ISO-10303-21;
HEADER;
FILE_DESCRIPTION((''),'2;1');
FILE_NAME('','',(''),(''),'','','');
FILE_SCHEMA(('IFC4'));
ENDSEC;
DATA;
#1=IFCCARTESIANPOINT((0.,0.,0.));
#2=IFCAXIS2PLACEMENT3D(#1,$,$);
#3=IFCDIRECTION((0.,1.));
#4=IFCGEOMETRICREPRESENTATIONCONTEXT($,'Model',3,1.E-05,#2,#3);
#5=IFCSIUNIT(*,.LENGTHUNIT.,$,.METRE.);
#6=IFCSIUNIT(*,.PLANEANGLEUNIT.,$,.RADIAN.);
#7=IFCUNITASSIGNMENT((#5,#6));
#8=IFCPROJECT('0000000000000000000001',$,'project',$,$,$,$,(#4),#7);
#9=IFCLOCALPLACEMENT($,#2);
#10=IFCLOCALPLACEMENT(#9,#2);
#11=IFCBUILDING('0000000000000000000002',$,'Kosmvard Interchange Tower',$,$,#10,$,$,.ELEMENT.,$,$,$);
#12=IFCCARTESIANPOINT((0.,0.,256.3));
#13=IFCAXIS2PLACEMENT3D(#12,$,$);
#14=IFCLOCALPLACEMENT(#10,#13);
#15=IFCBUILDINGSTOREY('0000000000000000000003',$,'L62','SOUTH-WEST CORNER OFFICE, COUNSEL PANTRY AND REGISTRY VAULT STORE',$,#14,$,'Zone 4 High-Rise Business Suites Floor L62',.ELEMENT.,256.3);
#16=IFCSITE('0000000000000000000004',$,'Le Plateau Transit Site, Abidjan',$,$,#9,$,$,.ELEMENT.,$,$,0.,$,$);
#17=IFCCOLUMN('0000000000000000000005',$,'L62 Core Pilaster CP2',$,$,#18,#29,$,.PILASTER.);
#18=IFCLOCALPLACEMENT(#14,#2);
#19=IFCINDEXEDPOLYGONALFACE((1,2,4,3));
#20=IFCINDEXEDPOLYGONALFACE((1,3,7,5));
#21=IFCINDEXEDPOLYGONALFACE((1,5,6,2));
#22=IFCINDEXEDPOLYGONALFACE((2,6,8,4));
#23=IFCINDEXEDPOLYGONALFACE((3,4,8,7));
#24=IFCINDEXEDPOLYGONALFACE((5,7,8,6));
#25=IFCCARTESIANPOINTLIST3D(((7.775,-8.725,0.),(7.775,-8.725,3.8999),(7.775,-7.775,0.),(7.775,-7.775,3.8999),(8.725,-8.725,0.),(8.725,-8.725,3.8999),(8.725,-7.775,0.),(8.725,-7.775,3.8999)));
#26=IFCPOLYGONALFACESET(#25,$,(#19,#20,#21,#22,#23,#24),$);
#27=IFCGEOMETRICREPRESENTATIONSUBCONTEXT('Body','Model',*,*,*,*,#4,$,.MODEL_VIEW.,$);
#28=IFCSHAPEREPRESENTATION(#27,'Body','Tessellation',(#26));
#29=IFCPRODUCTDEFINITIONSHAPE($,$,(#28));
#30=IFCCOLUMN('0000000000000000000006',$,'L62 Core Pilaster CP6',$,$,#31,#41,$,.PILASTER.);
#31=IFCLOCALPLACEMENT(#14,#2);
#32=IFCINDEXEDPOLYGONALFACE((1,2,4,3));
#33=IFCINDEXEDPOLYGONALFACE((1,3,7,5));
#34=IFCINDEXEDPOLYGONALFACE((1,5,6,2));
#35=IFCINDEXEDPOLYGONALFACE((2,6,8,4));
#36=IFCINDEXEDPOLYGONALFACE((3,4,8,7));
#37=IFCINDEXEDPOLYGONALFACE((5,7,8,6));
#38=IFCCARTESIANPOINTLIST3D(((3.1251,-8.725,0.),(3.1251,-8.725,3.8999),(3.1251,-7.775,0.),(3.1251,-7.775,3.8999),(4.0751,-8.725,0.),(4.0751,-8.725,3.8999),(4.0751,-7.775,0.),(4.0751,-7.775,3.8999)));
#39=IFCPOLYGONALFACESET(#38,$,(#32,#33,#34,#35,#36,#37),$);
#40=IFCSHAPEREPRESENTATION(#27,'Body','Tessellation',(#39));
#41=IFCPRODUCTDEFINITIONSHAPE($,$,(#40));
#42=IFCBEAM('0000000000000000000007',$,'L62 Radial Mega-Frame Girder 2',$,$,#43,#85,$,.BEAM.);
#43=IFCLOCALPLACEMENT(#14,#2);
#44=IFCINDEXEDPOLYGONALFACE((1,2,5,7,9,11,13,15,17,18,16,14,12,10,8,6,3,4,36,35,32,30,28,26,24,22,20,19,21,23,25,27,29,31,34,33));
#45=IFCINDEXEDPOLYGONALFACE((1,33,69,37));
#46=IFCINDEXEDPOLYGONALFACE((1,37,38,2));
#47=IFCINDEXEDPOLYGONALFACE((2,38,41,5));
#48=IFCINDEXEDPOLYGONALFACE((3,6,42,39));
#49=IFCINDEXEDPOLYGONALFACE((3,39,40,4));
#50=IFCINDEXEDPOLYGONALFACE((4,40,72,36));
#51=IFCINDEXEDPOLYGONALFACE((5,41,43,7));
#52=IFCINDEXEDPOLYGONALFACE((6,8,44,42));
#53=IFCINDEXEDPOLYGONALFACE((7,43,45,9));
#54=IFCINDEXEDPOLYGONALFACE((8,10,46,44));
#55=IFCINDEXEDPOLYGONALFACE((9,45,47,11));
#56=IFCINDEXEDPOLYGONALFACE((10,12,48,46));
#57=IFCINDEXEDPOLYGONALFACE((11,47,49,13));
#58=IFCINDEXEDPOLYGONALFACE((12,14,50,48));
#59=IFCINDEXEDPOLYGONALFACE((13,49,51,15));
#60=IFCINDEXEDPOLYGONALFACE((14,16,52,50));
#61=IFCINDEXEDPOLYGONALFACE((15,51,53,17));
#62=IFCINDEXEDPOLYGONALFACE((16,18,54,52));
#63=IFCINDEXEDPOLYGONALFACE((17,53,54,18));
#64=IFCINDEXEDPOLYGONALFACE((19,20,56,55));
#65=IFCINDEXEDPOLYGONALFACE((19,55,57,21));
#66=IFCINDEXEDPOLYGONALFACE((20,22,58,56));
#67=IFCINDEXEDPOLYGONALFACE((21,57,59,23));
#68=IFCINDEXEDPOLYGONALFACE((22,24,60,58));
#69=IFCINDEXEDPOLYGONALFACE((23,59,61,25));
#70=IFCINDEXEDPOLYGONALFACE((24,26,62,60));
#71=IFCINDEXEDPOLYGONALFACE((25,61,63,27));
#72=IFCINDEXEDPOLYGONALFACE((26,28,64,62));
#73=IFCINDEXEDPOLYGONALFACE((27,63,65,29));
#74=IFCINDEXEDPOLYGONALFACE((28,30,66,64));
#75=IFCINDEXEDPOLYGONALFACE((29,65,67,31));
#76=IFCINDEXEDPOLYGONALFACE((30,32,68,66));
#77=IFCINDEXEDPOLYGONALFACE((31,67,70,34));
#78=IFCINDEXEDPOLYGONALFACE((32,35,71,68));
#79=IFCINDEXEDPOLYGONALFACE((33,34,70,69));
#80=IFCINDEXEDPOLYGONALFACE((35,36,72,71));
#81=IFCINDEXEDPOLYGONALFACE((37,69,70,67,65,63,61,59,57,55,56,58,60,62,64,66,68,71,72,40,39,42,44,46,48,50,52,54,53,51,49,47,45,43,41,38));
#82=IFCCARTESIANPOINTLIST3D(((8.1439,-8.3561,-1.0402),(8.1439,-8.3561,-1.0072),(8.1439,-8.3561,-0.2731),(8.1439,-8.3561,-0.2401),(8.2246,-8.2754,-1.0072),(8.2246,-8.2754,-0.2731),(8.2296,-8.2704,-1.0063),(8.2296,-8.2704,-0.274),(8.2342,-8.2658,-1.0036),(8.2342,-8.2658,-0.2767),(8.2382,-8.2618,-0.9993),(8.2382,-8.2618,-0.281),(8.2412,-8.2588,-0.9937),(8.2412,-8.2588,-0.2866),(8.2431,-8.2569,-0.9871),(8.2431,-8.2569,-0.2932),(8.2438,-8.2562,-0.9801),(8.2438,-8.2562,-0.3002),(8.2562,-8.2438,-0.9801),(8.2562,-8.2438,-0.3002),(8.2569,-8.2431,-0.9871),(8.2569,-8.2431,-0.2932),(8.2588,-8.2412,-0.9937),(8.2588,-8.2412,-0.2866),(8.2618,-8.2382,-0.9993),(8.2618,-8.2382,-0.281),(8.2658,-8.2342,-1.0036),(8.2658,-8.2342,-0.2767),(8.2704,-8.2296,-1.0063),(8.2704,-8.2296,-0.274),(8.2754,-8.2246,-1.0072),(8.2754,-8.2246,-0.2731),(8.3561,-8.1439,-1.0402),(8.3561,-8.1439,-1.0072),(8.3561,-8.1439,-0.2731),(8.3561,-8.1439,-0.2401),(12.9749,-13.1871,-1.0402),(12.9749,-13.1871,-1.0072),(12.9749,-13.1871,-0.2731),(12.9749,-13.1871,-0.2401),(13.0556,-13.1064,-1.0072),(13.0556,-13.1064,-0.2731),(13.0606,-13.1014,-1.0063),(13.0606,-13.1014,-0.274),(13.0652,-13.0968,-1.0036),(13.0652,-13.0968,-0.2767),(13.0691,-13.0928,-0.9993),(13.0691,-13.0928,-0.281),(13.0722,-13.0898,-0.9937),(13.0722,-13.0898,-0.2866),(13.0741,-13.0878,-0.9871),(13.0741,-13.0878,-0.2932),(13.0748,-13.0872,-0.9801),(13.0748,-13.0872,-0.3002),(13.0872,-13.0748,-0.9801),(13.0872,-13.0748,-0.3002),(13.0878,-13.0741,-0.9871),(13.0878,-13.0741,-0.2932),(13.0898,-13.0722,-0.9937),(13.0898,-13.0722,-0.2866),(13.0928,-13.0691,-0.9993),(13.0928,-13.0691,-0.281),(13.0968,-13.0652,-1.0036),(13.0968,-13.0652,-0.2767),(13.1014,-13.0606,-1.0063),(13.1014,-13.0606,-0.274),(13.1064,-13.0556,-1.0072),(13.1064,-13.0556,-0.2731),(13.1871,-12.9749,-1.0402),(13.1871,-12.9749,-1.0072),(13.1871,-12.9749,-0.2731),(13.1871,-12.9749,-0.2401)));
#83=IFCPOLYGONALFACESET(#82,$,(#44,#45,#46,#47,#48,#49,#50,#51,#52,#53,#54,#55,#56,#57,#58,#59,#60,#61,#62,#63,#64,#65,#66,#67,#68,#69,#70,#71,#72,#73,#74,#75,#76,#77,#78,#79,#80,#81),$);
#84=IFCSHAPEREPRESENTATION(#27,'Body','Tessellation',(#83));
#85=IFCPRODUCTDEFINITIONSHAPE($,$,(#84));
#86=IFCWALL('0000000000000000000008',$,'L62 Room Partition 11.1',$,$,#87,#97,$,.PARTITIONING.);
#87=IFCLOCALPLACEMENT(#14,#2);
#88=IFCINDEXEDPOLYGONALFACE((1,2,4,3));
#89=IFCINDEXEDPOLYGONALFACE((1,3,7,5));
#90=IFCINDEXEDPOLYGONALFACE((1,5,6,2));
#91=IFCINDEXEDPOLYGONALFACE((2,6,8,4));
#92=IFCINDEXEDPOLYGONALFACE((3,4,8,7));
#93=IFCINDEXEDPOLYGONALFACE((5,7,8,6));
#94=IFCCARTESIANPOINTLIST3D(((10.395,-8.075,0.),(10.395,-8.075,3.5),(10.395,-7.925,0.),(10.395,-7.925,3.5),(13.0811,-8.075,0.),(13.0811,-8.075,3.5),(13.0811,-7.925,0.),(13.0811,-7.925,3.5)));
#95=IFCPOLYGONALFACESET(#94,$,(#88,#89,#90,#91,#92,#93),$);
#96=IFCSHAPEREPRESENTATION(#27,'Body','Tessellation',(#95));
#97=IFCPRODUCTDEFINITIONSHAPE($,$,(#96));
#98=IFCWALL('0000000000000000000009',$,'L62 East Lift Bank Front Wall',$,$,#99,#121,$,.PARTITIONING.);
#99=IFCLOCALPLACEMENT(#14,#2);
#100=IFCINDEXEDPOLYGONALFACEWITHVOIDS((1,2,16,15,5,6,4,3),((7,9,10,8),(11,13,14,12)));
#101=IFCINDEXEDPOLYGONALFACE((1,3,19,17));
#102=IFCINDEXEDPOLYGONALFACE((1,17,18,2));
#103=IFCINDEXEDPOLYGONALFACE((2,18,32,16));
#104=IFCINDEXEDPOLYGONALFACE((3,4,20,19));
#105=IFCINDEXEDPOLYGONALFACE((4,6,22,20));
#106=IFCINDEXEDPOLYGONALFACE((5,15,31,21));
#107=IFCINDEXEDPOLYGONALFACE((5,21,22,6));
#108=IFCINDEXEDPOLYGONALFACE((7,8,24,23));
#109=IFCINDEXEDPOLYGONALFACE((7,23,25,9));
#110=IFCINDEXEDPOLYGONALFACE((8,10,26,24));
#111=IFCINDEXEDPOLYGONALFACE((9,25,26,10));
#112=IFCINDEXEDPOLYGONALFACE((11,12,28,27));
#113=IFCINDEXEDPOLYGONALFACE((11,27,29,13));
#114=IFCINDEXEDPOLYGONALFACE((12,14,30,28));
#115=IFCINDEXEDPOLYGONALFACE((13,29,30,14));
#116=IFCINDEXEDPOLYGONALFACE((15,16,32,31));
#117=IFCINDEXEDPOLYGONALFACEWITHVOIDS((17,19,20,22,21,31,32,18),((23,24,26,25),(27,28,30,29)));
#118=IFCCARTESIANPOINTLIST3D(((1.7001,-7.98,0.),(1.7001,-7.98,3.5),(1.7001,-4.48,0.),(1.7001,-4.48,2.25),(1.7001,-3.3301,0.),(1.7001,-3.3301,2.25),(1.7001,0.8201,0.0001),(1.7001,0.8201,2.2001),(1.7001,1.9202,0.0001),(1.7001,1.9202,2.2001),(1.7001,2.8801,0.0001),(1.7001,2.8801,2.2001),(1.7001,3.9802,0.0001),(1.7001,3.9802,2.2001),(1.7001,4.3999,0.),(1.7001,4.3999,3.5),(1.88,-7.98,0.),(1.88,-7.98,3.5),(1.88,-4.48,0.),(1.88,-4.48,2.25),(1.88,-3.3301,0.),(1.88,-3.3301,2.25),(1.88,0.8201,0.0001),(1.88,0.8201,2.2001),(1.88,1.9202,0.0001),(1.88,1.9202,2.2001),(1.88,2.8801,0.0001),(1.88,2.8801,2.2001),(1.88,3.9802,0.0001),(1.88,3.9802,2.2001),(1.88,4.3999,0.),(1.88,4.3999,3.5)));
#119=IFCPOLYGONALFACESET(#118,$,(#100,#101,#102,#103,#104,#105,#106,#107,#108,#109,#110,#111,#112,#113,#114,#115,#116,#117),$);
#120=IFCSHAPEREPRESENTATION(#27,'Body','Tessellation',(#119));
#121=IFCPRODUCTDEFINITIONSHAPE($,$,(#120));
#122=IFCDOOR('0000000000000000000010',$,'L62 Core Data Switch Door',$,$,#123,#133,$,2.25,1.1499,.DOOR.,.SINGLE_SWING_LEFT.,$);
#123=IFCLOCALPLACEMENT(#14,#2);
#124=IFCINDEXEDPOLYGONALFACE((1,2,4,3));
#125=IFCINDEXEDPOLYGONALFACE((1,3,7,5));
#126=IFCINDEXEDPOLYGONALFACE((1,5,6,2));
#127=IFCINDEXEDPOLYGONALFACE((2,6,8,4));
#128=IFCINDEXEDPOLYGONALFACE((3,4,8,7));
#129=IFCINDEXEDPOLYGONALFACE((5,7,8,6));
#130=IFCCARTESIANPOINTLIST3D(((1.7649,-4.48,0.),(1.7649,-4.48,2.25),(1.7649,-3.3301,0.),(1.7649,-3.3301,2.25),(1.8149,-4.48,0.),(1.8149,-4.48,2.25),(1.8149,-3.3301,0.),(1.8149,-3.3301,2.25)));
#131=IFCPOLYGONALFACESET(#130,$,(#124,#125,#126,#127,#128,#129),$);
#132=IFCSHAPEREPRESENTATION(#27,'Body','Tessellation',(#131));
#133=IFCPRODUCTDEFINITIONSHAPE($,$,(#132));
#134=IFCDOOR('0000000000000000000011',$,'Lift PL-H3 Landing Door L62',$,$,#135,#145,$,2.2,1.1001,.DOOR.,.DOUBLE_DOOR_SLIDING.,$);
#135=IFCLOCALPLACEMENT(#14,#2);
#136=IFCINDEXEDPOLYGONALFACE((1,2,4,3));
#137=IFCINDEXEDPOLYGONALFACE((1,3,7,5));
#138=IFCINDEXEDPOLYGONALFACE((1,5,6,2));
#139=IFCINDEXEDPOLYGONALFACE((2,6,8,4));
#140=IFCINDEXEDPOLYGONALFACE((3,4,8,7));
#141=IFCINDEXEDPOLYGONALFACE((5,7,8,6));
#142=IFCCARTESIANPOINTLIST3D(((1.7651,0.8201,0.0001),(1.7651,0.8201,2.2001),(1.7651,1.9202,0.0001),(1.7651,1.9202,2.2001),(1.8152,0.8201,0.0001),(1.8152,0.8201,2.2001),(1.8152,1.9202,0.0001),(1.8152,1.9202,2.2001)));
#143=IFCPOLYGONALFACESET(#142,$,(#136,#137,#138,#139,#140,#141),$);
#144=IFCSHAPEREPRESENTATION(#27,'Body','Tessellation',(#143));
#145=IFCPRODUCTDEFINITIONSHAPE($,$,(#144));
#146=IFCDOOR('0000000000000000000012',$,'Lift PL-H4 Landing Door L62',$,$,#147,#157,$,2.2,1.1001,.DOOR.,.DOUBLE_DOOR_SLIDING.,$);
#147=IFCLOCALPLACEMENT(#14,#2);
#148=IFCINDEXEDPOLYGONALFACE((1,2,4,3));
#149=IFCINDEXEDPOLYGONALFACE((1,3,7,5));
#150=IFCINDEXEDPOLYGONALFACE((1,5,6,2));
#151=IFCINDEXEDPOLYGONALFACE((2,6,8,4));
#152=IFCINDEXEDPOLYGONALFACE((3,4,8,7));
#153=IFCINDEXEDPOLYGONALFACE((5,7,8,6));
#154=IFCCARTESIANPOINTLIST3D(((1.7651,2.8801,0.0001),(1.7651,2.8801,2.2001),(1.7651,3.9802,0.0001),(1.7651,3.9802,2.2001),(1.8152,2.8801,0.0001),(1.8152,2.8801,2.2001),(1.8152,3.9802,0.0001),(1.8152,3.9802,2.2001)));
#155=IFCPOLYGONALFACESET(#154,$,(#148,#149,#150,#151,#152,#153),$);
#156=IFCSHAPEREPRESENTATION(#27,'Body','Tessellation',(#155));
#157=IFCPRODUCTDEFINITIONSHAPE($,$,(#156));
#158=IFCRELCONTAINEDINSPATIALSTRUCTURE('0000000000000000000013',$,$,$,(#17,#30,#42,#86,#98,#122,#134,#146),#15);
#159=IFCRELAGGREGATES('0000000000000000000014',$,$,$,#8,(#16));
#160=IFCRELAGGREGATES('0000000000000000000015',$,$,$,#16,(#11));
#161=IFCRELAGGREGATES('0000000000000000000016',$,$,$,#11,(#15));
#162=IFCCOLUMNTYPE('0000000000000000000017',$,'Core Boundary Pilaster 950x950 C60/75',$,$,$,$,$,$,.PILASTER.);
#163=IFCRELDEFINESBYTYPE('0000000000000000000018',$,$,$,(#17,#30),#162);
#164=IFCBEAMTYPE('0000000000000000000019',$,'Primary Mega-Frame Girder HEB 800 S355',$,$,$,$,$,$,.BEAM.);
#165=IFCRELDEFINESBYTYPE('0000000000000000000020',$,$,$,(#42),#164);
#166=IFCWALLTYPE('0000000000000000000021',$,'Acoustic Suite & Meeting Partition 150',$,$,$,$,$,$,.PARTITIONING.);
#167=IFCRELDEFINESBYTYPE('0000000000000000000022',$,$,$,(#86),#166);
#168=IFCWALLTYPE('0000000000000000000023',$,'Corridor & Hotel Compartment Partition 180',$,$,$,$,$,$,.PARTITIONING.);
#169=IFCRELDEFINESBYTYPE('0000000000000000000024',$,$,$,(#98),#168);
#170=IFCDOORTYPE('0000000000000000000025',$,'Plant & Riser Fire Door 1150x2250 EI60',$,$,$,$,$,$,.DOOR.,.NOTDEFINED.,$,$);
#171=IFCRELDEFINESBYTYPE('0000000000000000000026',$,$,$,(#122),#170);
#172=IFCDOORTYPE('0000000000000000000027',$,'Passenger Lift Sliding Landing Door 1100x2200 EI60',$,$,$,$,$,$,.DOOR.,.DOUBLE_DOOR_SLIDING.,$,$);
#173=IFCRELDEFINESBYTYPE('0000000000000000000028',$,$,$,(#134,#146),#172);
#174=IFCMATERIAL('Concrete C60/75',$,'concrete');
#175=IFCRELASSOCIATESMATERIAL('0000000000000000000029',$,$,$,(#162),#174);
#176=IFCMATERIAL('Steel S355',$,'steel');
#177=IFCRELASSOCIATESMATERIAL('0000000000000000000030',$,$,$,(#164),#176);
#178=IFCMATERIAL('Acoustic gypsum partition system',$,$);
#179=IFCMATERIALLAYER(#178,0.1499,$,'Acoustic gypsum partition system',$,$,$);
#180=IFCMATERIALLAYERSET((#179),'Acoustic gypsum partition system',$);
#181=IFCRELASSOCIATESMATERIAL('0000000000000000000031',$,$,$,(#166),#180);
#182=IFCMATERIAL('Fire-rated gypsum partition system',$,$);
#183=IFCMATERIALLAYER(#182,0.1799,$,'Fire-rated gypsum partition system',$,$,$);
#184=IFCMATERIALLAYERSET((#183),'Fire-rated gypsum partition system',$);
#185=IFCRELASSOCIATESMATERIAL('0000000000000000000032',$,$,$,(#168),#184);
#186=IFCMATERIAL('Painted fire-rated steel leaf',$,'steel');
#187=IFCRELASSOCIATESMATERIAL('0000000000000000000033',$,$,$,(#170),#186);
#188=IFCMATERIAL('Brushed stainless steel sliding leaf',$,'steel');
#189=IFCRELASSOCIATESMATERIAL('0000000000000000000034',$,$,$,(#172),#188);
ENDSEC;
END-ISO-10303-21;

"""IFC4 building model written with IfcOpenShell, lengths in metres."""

from ifc_helpers import new_model, si_unit, direction, frame, frame_2d, origin, origin_2d, place, context, subcontext, project, spatial, rectangle, i_section, extrude, source, transform, mapped, material, layer, layer_set, material_profile, profile_set, type_object, element, fill, save


model = new_model("IFC4")

# Units and contexts
model_context = context("Model", 3, precision=1e-05, world=origin(), true_north=direction((0.0, 1.0)))
body_context = subcontext(model_context, "Body", "Model", "MODEL_VIEW")
ifc_project = project(units=[si_unit("LENGTHUNIT", "METRE"), si_unit("PLANEANGLEUNIT", "RADIAN")], contexts=[model_context])

# Site, building, storey
site_placement = place(None, origin())
site = spatial("IfcSite", under=ifc_project, at=site_placement, Name="Le Plateau Transit Site, Abidjan", CompositionType="ELEMENT", RefElevation=0.0)
building_placement = place(site_placement, origin())
building = spatial("IfcBuilding", under=site, at=building_placement, Name="Kosmvard Interchange Tower", CompositionType="ELEMENT")
storey_placement = place(building_placement, frame((0.0, 0.0, 256.3)))
storey = spatial("IfcBuildingStorey", under=building, at=storey_placement, Name="L62", Description="SOUTH-WEST CORNER OFFICE, COUNSEL PANTRY AND REGISTRY VAULT STORE", LongName="Zone 4 High-Rise Business Suites Floor L62", CompositionType="ELEMENT", Elevation=256.3)

# Columns
ifc_material_1 = material(Name="Concrete C60/75", Category="concrete")
ifc_material_profile_1 = material_profile(ifc_material_1, rectangle(XDim=0.95, YDim=0.95, at=origin_2d()), Name="CP 950x950")
ifc_profile_set_1 = profile_set([ifc_material_profile_1], Name="Concrete C60/75")
column_type = type_object("IfcColumnType", Name="Core Boundary Pilaster 950x950 C60/75", PredefinedType="PILASTER", material=ifc_profile_set_1)
shared_shape_1 = source(origin(), body_context, "Body", "SweptSolid", [
    extrude(rectangle(XDim=0.95, YDim=0.95, at=origin_2d()), origin(), (0.0, 0.0, 1.0), 3.8999),
])
for number, where, z_axis, x_axis, name in (
    (1, (8.25, -8.25, 0.0), (0.0, 0.0, 1.0), (1.0, 0.0, 0.0), "L62 Core Pilaster CP2"),
    (2, (3.6001, -8.25, 0.0), (0.0, 0.0, 1.0), (1.0, 0.0, 0.0), "L62 Core Pilaster CP6"),
):
    element("IfcColumn", number, at=place(storey_placement, frame(where, z_axis=z_axis, x_axis=x_axis)), inside=storey, type_object=column_type, Name=name, PredefinedType="PILASTER", context=body_context, shape_type="MappedRepresentation", body=[
        mapped(shared_shape_1, transform((0.0, 0.0, 0.0), scale=1.0)),
    ])

# Beam
ifc_material_2 = material(Name="Steel S355", Category="steel")
ifc_material_profile_2 = material_profile(ifc_material_2, i_section(OverallWidth=0.3, OverallDepth=0.8, WebThickness=0.0176, FlangeThickness=0.033, FilletRadius=0.0271, at=origin_2d()), Name="HEB 800")
ifc_profile_set_2 = profile_set([ifc_material_profile_2], Name="Steel S355")
beam_type = type_object("IfcBeamType", Name="Primary Mega-Frame Girder HEB 800 S355", PredefinedType="BEAM", material=ifc_profile_set_2)
shared_shape_2 = source(origin(), body_context, "Body", "SweptSolid", [
    extrude(i_section(OverallWidth=0.3, OverallDepth=0.8, WebThickness=0.0176, FlangeThickness=0.033, FilletRadius=0.0271, at=origin_2d()), origin(), (0.0, 0.0, 1.0), 6.832),
])
beam_placement = place(storey_placement, frame((8.25, -8.25, -0.6401), z_axis=(0.707107, -0.707107, 0.0), x_axis=(0.707107, 0.707107, 0.0)))
element("IfcBeam", 3, at=beam_placement, inside=storey, type_object=beam_type, Name="L62 Radial Mega-Frame Girder 2", PredefinedType="BEAM", context=body_context, shape_type="MappedRepresentation", body=[
    mapped(shared_shape_2, transform((0.0, 0.0, 0.0), scale=1.0)),
])

# Wall
ifc_material_3 = material(Name="Acoustic gypsum partition system")
ifc_layer_1 = layer(ifc_material_3, 0.1499, Name="Acoustic gypsum partition system")
ifc_layer_set_1 = layer_set([ifc_layer_1], Name="Acoustic gypsum partition system")
wall_type_1 = type_object("IfcWallType", Name="Acoustic Suite & Meeting Partition 150", PredefinedType="PARTITIONING", material=ifc_layer_set_1)
wall_1_placement = place(storey_placement, frame((10.395, -8.0, 0.0), z_axis=(0.0, 0.0, 1.0), x_axis=(1.0, 0.0, 0.0)))
element("IfcWall", 4, at=wall_1_placement, inside=storey, type_object=wall_type_1, Name="L62 Room Partition 11.1", PredefinedType="PARTITIONING", context=body_context, shape_type="SweptSolid", body=[
    extrude(rectangle(XDim=2.686, YDim=0.1499, at=frame_2d((1.343, 0.0))), origin(), (0.0, 0.0, 1.0), 3.5),
])

# Wall, openings, doors
ifc_material_4 = material(Name="Fire-rated gypsum partition system")
ifc_layer_2 = layer(ifc_material_4, 0.1799, Name="Fire-rated gypsum partition system")
ifc_layer_set_2 = layer_set([ifc_layer_2], Name="Fire-rated gypsum partition system")
wall_type_2 = type_object("IfcWallType", Name="Corridor & Hotel Compartment Partition 180", PredefinedType="PARTITIONING", material=ifc_layer_set_2)
wall_2_placement = place(storey_placement, frame((1.79, -7.98, 0.0), z_axis=(0.0, 0.0, 1.0), x_axis=(0.0, 1.0, 0.0)))
wall_2 = element("IfcWall", 5, at=wall_2_placement, inside=storey, type_object=wall_type_2, Name="L62 East Lift Bank Front Wall", PredefinedType="PARTITIONING", context=body_context, shape_type="SweptSolid", body=[
    extrude(rectangle(XDim=12.3799, YDim=0.1799, at=frame_2d((6.1899, 0.0))), origin(), (0.0, 0.0, 1.0), 3.5),
])
opening_1_placement = place(wall_2_placement, frame((8.8, 0.0, 0.0)))
opening_1 = element("IfcOpeningElement", 6, at=opening_1_placement, cuts=wall_2, PredefinedType="OPENING", context=body_context, shape_type="SweptSolid", body=[
    extrude(rectangle(XDim=1.1001, YDim=2.2, at=frame_2d((0.55, 1.1001))), frame((0.0, 0.1001, 0.0), z_axis=(0.0, -1.0, 0.0), x_axis=(1.0, 0.0, 0.0)), (0.0, 0.0, 1.0), 0.2),
])
opening_2_placement = place(wall_2_placement, frame((10.8601, 0.0, 0.0)))
opening_2 = element("IfcOpeningElement", 7, at=opening_2_placement, cuts=wall_2, PredefinedType="OPENING", context=body_context, shape_type="SweptSolid", body=[
    extrude(rectangle(XDim=1.1001, YDim=2.2, at=frame_2d((0.55, 1.1001))), frame((0.0, 0.1001, 0.0), z_axis=(0.0, -1.0, 0.0), x_axis=(1.0, 0.0, 0.0)), (0.0, 0.0, 1.0), 0.2),
])
opening_3_placement = place(wall_2_placement, frame((3.5, 0.0, 0.0)))
opening_3 = element("IfcOpeningElement", 8, at=opening_3_placement, cuts=wall_2, PredefinedType="OPENING", context=body_context, shape_type="SweptSolid", body=[
    extrude(rectangle(XDim=1.1499, YDim=2.25, at=frame_2d((0.575, 1.125))), frame((0.0, 0.1001, 0.0), z_axis=(0.0, -1.0, 0.0), x_axis=(1.0, 0.0, 0.0)), (0.0, 0.0, 1.0), 0.2),
])
ifc_material_5 = material(Name="Painted fire-rated steel leaf", Category="steel")
door_type_1 = type_object("IfcDoorType", Name="Plant & Riser Fire Door 1150x2250 EI60", OperationType="NOTDEFINED", PredefinedType="DOOR", material=ifc_material_5)
shared_shape_3 = source(origin(), body_context, "Body", "SweptSolid", [
    extrude(rectangle(XDim=1.1499, YDim=2.25, at=frame_2d((0.575, 1.125))), frame((0.0, 0.0249, 0.0), z_axis=(0.0, -1.0, 0.0), x_axis=(1.0, 0.0, 0.0)), (0.0, 0.0, 1.0), 0.05),
])
door_1_placement = place(opening_3_placement, frame((1.1499, 0.0, 0.0), z_axis=(0.0, 0.0, 1.0), x_axis=(-1.0, 0.0, 0.0)))
door_1 = element("IfcDoor", 9, at=door_1_placement, inside=storey, type_object=door_type_1, Name="L62 Core Data Switch Door", OperationType="SINGLE_SWING_LEFT", OverallHeight=2.25, OverallWidth=1.1499, PredefinedType="DOOR", context=body_context, shape_type="MappedRepresentation", body=[
    mapped(shared_shape_3, transform((0.0, 0.0, 0.0), scale=1.0)),
])
fill(opening_3, door_1)
ifc_material_6 = material(Name="Brushed stainless steel sliding leaf", Category="steel")
door_type_2 = type_object("IfcDoorType", Name="Passenger Lift Sliding Landing Door 1100x2200 EI60", OperationType="DOUBLE_DOOR_SLIDING", PredefinedType="DOOR", material=ifc_material_6)
shared_shape_4 = source(origin(), body_context, "Body", "SweptSolid", [
    extrude(rectangle(XDim=1.1001, YDim=2.2, at=frame_2d((0.55, 1.1001))), frame((0.0, 0.0249, 0.0), z_axis=(0.0, -1.0, 0.0), x_axis=(1.0, 0.0, 0.0)), (0.0, 0.0, 1.0), 0.05),
])
door_2_placement = place(opening_1_placement, origin())
door_2 = element("IfcDoor", 10, at=door_2_placement, inside=storey, type_object=door_type_2, Name="Lift PL-H3 Landing Door L62", OperationType="DOUBLE_DOOR_SLIDING", OverallHeight=2.2, OverallWidth=1.1001, PredefinedType="DOOR", context=body_context, shape_type="MappedRepresentation", body=[
    mapped(shared_shape_4, transform((0.0, 0.0, 0.0), scale=1.0)),
])
fill(opening_1, door_2)
door_3_placement = place(opening_2_placement, origin())
door_3 = element("IfcDoor", 11, at=door_3_placement, inside=storey, type_object=door_type_2, Name="Lift PL-H4 Landing Door L62", OperationType="DOUBLE_DOOR_SLIDING", OverallHeight=2.2, OverallWidth=1.1001, PredefinedType="DOOR", context=body_context, shape_type="MappedRepresentation", body=[
    mapped(shared_shape_4, transform((0.0, 0.0, 0.0), scale=1.0)),
])
fill(opening_2, door_3)

save(model, "model.ifc")
